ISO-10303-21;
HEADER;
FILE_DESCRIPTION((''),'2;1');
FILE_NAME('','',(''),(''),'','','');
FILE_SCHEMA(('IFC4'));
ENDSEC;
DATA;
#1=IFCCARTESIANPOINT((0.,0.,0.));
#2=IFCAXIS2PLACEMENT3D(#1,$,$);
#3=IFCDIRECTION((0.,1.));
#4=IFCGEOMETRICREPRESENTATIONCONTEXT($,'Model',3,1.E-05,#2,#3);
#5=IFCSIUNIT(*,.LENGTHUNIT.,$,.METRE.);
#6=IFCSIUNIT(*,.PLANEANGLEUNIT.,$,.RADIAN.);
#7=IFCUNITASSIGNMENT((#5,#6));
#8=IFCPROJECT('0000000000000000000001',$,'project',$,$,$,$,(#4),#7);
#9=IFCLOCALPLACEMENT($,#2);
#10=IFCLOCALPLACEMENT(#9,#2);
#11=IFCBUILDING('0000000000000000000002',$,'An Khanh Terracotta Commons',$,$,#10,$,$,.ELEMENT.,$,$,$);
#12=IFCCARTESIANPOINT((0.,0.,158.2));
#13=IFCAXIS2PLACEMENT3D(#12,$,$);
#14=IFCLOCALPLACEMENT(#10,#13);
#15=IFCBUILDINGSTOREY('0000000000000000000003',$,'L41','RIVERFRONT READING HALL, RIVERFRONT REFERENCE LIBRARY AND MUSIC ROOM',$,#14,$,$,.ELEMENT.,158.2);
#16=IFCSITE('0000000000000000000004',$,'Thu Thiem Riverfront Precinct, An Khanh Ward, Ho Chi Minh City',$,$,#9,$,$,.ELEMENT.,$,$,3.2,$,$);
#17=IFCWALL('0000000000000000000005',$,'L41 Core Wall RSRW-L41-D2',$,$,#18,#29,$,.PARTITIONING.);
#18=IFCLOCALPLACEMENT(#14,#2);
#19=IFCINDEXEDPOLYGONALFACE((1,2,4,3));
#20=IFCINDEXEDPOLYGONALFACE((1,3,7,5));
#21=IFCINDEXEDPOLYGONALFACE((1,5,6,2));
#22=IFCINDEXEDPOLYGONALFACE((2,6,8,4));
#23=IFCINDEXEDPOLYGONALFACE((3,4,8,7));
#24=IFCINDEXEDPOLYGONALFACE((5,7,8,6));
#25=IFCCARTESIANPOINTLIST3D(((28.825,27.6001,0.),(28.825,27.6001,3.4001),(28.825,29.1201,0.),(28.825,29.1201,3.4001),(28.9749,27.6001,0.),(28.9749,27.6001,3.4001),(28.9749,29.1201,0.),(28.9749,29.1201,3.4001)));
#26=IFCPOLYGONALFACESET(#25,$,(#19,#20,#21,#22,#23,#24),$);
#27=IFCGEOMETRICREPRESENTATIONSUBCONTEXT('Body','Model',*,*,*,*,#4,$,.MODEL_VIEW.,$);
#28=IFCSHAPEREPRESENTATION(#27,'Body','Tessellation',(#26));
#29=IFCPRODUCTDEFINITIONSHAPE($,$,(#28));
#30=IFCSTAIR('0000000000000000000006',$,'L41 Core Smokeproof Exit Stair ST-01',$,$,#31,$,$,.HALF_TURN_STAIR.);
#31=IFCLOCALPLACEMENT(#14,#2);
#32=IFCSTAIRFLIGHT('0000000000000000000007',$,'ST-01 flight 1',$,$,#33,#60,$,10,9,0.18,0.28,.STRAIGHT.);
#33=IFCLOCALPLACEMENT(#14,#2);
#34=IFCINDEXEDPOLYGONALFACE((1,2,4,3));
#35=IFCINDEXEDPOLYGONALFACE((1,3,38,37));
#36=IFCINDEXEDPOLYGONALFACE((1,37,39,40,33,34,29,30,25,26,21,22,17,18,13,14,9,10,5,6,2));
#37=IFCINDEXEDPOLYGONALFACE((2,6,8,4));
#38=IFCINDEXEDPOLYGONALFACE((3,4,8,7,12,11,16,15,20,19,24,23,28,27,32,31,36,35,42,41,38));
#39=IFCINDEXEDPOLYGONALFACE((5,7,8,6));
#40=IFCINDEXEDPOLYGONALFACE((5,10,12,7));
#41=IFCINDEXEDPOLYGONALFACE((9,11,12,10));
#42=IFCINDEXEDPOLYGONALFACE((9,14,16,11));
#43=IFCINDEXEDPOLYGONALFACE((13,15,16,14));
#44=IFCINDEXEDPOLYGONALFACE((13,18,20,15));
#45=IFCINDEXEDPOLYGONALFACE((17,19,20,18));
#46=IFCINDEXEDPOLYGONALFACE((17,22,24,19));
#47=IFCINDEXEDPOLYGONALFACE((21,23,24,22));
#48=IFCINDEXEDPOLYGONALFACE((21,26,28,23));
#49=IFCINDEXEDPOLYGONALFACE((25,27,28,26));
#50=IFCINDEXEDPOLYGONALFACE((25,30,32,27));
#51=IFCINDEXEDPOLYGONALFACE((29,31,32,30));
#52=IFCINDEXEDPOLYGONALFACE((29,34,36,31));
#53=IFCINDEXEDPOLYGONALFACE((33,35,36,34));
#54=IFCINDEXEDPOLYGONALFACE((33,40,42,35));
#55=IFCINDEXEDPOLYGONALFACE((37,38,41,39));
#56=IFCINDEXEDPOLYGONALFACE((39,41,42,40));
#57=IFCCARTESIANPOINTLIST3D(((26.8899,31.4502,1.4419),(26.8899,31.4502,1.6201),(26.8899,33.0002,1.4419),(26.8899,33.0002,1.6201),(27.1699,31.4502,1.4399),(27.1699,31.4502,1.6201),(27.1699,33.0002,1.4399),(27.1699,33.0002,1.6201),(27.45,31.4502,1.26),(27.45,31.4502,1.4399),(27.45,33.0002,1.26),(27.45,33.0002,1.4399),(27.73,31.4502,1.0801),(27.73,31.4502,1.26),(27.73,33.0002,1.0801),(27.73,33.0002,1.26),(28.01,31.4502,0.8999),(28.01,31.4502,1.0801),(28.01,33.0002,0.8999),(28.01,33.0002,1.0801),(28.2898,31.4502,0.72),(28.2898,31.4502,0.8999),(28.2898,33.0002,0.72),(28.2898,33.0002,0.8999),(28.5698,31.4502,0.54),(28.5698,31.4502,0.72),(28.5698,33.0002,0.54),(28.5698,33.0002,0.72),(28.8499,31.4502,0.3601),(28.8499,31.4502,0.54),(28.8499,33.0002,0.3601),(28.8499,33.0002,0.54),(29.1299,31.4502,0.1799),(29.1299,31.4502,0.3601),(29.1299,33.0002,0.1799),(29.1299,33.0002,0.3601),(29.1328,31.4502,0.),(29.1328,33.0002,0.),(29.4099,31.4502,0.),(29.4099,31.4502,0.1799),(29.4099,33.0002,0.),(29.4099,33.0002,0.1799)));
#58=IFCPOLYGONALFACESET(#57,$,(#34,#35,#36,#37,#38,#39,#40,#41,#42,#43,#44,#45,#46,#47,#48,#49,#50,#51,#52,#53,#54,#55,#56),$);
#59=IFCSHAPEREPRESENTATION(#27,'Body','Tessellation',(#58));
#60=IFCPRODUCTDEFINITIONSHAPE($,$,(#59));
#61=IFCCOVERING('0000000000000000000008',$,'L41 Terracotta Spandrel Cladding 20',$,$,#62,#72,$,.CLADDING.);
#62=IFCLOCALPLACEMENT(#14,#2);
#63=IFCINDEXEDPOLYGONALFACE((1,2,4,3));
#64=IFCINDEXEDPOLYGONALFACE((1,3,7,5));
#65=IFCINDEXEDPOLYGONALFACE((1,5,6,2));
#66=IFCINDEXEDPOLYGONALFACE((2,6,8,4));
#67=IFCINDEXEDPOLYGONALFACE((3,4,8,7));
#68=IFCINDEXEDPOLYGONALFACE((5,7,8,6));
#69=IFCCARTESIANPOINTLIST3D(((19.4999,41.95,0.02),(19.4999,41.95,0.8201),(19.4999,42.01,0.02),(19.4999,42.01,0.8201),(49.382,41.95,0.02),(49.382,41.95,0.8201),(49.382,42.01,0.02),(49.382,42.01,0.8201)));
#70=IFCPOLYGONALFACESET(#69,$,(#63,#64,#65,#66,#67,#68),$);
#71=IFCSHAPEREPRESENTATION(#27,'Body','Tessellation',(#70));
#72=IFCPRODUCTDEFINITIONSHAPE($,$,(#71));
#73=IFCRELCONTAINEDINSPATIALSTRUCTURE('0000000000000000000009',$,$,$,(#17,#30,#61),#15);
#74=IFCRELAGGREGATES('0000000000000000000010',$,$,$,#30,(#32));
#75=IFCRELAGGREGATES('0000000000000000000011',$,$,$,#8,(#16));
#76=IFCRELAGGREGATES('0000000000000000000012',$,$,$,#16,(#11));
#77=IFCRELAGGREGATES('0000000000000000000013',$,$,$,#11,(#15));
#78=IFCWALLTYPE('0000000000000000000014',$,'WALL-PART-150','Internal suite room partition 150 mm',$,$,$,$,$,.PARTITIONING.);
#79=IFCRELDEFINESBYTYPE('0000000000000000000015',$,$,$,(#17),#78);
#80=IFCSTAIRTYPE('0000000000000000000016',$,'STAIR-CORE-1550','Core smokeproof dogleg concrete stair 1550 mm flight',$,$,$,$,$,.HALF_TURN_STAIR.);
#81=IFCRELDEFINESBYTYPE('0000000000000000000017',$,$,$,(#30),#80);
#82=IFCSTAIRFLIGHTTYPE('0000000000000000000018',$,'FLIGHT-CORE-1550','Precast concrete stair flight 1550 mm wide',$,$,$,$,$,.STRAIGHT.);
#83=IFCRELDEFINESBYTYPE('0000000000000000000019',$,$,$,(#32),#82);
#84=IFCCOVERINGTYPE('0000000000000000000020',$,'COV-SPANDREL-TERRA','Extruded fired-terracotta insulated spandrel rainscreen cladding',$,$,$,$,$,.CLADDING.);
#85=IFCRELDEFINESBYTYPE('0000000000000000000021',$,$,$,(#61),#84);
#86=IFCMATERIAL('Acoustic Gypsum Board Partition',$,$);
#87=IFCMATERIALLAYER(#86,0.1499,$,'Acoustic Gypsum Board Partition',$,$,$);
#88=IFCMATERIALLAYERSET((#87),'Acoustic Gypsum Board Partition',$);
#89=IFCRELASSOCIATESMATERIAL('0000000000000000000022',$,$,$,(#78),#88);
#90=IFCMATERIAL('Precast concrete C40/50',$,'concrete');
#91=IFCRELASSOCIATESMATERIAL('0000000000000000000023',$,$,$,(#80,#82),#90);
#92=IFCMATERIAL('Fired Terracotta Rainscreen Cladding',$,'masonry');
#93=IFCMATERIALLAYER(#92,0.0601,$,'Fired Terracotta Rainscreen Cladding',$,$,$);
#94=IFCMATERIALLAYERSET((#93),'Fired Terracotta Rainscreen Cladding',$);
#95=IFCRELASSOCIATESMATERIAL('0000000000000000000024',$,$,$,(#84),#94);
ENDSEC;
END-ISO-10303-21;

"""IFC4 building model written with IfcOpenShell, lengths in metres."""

from ifc_helpers import new_model, si_unit, direction, frame, frame_2d, origin, origin_2d, place, context, subcontext, project, spatial, polyline, rectangle, outline, extrude, material, layer, layer_set, type_object, element, aggregate, save


model = new_model("IFC4")

# Units and contexts
model_context = context("Model", 3, precision=1e-05, world=origin(), true_north=direction((0.0, 1.0)))
body_context = subcontext(model_context, "Body", "Model", "MODEL_VIEW")
ifc_project = project(units=[si_unit("LENGTHUNIT", "METRE"), si_unit("PLANEANGLEUNIT", "RADIAN")], contexts=[model_context])

# Site, building, storey
site_placement = place(None, origin())
site = spatial("IfcSite", under=ifc_project, at=site_placement, Name="Thu Thiem Riverfront Precinct, An Khanh Ward, Ho Chi Minh City", CompositionType="ELEMENT", RefElevation=3.2)
building_placement = place(site_placement, origin())
building = spatial("IfcBuilding", under=site, at=building_placement, Name="An Khanh Terracotta Commons", CompositionType="ELEMENT")
storey_placement = place(building_placement, frame((0.0, 0.0, 158.2)))
storey = spatial("IfcBuildingStorey", under=building, at=storey_placement, Name="L41", Description="RIVERFRONT READING HALL, RIVERFRONT REFERENCE LIBRARY AND MUSIC ROOM", CompositionType="ELEMENT", Elevation=158.2)

# Wall
ifc_material_1 = material(Name="Acoustic Gypsum Board Partition")
ifc_layer_1 = layer(ifc_material_1, 0.1499, Name="Acoustic Gypsum Board Partition")
ifc_layer_set_1 = layer_set([ifc_layer_1], Name="Acoustic Gypsum Board Partition")
wall_type_1 = type_object("IfcWallType", Name="WALL-PART-150", Description="Internal suite room partition 150 mm", PredefinedType="PARTITIONING", material=ifc_layer_set_1)
wall_1_placement = place(storey_placement, frame((28.8999, 27.6001, 0.0), z_axis=(0.0, 0.0, 1.0), x_axis=(0.0, 1.0, 0.0)))
element("IfcWall", 1, at=wall_1_placement, inside=storey, type_object=wall_type_1, Name="L41 Core Wall RSRW-L41-D2", PredefinedType="PARTITIONING", context=body_context, shape_type="SweptSolid", body=[
    extrude(rectangle(XDim=1.52, YDim=0.1499, at=frame_2d((0.76, 0.0))), origin(), (0.0, 0.0, 1.0), 3.4001),
])

# Stair, stair flight
ifc_material_2 = material(Name="Precast concrete C40/50", Category="concrete")
stair_type = type_object("IfcStairType", Name="STAIR-CORE-1550", Description="Core smokeproof dogleg concrete stair 1550 mm flight", PredefinedType="HALF_TURN_STAIR", material=ifc_material_2)
stair_placement = place(storey_placement, origin())
stair = element("IfcStair", 2, at=stair_placement, inside=storey, type_object=stair_type, Name="L41 Core Smokeproof Exit Stair ST-01", PredefinedType="HALF_TURN_STAIR")
stair_flight_type = type_object("IfcStairFlightType", Name="FLIGHT-CORE-1550", Description="Precast concrete stair flight 1550 mm wide", PredefinedType="STRAIGHT", material=ifc_material_2)
stair_flight_placement = place(storey_placement, frame((29.4099, 32.2251, 0.0), z_axis=(0.0, 0.0, 1.0), x_axis=(-1.0, 0.0, 0.0)))
stair_flight = element("IfcStairFlight", 3, at=stair_flight_placement, type_object=stair_flight_type, Name="ST-01 flight 1", NumberOfRisers=10, NumberOfTreads=9, PredefinedType="STRAIGHT", RiserHeight=0.18, TreadLength=0.28, context=body_context, shape_type="SweptSolid", body=[
    extrude(outline(polyline([(0.0, 0.0), (0.0, 0.1799), (0.28, 0.1799), (0.28, 0.3601), (0.5601, 0.3601), (0.5601, 0.54), (0.8401, 0.54), (0.8401, 0.72), (1.1201, 0.72), (1.1201, 0.8999), (1.3999, 0.8999), (1.3999, 1.0801), (1.6799, 1.0801), (1.6799, 1.26), (1.96, 1.26), (1.96, 1.4399), (2.24, 1.4399), (2.24, 1.6201), (2.52, 1.6201), (2.52, 1.8), (2.52, 1.4419), (0.2771, 0.0), (0.0, 0.0)])), frame((0.0, 0.7749, 0.0), z_axis=(0.0, -1.0, 0.0), x_axis=(1.0, 0.0, 0.0)), (0.0, 0.0, 1.0), 1.55),
])
aggregate(stair, [stair_flight])

# Covering
ifc_material_3 = material(Name="Fired Terracotta Rainscreen Cladding", Category="masonry")
ifc_layer_2 = layer(ifc_material_3, 0.0601, Name="Fired Terracotta Rainscreen Cladding")
ifc_layer_set_2 = layer_set([ifc_layer_2], Name="Fired Terracotta Rainscreen Cladding")
covering_type = type_object("IfcCoveringType", Name="COV-SPANDREL-TERRA", Description="Extruded fired-terracotta insulated spandrel rainscreen cladding", PredefinedType="CLADDING", material=ifc_layer_set_2)
covering_placement = place(storey_placement, frame((34.4409, 41.98, 0.02), z_axis=(0.0, 0.0, 1.0), x_axis=(-1.0, 0.0, 0.0)))
element("IfcCovering", 4, at=covering_placement, inside=storey, type_object=covering_type, Name="L41 Terracotta Spandrel Cladding 20", PredefinedType="CLADDING", context=body_context, shape_type="SweptSolid", body=[
    extrude(rectangle(XDim=29.8821, YDim=0.0601, at=origin_2d()), origin(), (0.0, 0.0, 1.0), 0.8),
])

save(model, "model.ifc")
